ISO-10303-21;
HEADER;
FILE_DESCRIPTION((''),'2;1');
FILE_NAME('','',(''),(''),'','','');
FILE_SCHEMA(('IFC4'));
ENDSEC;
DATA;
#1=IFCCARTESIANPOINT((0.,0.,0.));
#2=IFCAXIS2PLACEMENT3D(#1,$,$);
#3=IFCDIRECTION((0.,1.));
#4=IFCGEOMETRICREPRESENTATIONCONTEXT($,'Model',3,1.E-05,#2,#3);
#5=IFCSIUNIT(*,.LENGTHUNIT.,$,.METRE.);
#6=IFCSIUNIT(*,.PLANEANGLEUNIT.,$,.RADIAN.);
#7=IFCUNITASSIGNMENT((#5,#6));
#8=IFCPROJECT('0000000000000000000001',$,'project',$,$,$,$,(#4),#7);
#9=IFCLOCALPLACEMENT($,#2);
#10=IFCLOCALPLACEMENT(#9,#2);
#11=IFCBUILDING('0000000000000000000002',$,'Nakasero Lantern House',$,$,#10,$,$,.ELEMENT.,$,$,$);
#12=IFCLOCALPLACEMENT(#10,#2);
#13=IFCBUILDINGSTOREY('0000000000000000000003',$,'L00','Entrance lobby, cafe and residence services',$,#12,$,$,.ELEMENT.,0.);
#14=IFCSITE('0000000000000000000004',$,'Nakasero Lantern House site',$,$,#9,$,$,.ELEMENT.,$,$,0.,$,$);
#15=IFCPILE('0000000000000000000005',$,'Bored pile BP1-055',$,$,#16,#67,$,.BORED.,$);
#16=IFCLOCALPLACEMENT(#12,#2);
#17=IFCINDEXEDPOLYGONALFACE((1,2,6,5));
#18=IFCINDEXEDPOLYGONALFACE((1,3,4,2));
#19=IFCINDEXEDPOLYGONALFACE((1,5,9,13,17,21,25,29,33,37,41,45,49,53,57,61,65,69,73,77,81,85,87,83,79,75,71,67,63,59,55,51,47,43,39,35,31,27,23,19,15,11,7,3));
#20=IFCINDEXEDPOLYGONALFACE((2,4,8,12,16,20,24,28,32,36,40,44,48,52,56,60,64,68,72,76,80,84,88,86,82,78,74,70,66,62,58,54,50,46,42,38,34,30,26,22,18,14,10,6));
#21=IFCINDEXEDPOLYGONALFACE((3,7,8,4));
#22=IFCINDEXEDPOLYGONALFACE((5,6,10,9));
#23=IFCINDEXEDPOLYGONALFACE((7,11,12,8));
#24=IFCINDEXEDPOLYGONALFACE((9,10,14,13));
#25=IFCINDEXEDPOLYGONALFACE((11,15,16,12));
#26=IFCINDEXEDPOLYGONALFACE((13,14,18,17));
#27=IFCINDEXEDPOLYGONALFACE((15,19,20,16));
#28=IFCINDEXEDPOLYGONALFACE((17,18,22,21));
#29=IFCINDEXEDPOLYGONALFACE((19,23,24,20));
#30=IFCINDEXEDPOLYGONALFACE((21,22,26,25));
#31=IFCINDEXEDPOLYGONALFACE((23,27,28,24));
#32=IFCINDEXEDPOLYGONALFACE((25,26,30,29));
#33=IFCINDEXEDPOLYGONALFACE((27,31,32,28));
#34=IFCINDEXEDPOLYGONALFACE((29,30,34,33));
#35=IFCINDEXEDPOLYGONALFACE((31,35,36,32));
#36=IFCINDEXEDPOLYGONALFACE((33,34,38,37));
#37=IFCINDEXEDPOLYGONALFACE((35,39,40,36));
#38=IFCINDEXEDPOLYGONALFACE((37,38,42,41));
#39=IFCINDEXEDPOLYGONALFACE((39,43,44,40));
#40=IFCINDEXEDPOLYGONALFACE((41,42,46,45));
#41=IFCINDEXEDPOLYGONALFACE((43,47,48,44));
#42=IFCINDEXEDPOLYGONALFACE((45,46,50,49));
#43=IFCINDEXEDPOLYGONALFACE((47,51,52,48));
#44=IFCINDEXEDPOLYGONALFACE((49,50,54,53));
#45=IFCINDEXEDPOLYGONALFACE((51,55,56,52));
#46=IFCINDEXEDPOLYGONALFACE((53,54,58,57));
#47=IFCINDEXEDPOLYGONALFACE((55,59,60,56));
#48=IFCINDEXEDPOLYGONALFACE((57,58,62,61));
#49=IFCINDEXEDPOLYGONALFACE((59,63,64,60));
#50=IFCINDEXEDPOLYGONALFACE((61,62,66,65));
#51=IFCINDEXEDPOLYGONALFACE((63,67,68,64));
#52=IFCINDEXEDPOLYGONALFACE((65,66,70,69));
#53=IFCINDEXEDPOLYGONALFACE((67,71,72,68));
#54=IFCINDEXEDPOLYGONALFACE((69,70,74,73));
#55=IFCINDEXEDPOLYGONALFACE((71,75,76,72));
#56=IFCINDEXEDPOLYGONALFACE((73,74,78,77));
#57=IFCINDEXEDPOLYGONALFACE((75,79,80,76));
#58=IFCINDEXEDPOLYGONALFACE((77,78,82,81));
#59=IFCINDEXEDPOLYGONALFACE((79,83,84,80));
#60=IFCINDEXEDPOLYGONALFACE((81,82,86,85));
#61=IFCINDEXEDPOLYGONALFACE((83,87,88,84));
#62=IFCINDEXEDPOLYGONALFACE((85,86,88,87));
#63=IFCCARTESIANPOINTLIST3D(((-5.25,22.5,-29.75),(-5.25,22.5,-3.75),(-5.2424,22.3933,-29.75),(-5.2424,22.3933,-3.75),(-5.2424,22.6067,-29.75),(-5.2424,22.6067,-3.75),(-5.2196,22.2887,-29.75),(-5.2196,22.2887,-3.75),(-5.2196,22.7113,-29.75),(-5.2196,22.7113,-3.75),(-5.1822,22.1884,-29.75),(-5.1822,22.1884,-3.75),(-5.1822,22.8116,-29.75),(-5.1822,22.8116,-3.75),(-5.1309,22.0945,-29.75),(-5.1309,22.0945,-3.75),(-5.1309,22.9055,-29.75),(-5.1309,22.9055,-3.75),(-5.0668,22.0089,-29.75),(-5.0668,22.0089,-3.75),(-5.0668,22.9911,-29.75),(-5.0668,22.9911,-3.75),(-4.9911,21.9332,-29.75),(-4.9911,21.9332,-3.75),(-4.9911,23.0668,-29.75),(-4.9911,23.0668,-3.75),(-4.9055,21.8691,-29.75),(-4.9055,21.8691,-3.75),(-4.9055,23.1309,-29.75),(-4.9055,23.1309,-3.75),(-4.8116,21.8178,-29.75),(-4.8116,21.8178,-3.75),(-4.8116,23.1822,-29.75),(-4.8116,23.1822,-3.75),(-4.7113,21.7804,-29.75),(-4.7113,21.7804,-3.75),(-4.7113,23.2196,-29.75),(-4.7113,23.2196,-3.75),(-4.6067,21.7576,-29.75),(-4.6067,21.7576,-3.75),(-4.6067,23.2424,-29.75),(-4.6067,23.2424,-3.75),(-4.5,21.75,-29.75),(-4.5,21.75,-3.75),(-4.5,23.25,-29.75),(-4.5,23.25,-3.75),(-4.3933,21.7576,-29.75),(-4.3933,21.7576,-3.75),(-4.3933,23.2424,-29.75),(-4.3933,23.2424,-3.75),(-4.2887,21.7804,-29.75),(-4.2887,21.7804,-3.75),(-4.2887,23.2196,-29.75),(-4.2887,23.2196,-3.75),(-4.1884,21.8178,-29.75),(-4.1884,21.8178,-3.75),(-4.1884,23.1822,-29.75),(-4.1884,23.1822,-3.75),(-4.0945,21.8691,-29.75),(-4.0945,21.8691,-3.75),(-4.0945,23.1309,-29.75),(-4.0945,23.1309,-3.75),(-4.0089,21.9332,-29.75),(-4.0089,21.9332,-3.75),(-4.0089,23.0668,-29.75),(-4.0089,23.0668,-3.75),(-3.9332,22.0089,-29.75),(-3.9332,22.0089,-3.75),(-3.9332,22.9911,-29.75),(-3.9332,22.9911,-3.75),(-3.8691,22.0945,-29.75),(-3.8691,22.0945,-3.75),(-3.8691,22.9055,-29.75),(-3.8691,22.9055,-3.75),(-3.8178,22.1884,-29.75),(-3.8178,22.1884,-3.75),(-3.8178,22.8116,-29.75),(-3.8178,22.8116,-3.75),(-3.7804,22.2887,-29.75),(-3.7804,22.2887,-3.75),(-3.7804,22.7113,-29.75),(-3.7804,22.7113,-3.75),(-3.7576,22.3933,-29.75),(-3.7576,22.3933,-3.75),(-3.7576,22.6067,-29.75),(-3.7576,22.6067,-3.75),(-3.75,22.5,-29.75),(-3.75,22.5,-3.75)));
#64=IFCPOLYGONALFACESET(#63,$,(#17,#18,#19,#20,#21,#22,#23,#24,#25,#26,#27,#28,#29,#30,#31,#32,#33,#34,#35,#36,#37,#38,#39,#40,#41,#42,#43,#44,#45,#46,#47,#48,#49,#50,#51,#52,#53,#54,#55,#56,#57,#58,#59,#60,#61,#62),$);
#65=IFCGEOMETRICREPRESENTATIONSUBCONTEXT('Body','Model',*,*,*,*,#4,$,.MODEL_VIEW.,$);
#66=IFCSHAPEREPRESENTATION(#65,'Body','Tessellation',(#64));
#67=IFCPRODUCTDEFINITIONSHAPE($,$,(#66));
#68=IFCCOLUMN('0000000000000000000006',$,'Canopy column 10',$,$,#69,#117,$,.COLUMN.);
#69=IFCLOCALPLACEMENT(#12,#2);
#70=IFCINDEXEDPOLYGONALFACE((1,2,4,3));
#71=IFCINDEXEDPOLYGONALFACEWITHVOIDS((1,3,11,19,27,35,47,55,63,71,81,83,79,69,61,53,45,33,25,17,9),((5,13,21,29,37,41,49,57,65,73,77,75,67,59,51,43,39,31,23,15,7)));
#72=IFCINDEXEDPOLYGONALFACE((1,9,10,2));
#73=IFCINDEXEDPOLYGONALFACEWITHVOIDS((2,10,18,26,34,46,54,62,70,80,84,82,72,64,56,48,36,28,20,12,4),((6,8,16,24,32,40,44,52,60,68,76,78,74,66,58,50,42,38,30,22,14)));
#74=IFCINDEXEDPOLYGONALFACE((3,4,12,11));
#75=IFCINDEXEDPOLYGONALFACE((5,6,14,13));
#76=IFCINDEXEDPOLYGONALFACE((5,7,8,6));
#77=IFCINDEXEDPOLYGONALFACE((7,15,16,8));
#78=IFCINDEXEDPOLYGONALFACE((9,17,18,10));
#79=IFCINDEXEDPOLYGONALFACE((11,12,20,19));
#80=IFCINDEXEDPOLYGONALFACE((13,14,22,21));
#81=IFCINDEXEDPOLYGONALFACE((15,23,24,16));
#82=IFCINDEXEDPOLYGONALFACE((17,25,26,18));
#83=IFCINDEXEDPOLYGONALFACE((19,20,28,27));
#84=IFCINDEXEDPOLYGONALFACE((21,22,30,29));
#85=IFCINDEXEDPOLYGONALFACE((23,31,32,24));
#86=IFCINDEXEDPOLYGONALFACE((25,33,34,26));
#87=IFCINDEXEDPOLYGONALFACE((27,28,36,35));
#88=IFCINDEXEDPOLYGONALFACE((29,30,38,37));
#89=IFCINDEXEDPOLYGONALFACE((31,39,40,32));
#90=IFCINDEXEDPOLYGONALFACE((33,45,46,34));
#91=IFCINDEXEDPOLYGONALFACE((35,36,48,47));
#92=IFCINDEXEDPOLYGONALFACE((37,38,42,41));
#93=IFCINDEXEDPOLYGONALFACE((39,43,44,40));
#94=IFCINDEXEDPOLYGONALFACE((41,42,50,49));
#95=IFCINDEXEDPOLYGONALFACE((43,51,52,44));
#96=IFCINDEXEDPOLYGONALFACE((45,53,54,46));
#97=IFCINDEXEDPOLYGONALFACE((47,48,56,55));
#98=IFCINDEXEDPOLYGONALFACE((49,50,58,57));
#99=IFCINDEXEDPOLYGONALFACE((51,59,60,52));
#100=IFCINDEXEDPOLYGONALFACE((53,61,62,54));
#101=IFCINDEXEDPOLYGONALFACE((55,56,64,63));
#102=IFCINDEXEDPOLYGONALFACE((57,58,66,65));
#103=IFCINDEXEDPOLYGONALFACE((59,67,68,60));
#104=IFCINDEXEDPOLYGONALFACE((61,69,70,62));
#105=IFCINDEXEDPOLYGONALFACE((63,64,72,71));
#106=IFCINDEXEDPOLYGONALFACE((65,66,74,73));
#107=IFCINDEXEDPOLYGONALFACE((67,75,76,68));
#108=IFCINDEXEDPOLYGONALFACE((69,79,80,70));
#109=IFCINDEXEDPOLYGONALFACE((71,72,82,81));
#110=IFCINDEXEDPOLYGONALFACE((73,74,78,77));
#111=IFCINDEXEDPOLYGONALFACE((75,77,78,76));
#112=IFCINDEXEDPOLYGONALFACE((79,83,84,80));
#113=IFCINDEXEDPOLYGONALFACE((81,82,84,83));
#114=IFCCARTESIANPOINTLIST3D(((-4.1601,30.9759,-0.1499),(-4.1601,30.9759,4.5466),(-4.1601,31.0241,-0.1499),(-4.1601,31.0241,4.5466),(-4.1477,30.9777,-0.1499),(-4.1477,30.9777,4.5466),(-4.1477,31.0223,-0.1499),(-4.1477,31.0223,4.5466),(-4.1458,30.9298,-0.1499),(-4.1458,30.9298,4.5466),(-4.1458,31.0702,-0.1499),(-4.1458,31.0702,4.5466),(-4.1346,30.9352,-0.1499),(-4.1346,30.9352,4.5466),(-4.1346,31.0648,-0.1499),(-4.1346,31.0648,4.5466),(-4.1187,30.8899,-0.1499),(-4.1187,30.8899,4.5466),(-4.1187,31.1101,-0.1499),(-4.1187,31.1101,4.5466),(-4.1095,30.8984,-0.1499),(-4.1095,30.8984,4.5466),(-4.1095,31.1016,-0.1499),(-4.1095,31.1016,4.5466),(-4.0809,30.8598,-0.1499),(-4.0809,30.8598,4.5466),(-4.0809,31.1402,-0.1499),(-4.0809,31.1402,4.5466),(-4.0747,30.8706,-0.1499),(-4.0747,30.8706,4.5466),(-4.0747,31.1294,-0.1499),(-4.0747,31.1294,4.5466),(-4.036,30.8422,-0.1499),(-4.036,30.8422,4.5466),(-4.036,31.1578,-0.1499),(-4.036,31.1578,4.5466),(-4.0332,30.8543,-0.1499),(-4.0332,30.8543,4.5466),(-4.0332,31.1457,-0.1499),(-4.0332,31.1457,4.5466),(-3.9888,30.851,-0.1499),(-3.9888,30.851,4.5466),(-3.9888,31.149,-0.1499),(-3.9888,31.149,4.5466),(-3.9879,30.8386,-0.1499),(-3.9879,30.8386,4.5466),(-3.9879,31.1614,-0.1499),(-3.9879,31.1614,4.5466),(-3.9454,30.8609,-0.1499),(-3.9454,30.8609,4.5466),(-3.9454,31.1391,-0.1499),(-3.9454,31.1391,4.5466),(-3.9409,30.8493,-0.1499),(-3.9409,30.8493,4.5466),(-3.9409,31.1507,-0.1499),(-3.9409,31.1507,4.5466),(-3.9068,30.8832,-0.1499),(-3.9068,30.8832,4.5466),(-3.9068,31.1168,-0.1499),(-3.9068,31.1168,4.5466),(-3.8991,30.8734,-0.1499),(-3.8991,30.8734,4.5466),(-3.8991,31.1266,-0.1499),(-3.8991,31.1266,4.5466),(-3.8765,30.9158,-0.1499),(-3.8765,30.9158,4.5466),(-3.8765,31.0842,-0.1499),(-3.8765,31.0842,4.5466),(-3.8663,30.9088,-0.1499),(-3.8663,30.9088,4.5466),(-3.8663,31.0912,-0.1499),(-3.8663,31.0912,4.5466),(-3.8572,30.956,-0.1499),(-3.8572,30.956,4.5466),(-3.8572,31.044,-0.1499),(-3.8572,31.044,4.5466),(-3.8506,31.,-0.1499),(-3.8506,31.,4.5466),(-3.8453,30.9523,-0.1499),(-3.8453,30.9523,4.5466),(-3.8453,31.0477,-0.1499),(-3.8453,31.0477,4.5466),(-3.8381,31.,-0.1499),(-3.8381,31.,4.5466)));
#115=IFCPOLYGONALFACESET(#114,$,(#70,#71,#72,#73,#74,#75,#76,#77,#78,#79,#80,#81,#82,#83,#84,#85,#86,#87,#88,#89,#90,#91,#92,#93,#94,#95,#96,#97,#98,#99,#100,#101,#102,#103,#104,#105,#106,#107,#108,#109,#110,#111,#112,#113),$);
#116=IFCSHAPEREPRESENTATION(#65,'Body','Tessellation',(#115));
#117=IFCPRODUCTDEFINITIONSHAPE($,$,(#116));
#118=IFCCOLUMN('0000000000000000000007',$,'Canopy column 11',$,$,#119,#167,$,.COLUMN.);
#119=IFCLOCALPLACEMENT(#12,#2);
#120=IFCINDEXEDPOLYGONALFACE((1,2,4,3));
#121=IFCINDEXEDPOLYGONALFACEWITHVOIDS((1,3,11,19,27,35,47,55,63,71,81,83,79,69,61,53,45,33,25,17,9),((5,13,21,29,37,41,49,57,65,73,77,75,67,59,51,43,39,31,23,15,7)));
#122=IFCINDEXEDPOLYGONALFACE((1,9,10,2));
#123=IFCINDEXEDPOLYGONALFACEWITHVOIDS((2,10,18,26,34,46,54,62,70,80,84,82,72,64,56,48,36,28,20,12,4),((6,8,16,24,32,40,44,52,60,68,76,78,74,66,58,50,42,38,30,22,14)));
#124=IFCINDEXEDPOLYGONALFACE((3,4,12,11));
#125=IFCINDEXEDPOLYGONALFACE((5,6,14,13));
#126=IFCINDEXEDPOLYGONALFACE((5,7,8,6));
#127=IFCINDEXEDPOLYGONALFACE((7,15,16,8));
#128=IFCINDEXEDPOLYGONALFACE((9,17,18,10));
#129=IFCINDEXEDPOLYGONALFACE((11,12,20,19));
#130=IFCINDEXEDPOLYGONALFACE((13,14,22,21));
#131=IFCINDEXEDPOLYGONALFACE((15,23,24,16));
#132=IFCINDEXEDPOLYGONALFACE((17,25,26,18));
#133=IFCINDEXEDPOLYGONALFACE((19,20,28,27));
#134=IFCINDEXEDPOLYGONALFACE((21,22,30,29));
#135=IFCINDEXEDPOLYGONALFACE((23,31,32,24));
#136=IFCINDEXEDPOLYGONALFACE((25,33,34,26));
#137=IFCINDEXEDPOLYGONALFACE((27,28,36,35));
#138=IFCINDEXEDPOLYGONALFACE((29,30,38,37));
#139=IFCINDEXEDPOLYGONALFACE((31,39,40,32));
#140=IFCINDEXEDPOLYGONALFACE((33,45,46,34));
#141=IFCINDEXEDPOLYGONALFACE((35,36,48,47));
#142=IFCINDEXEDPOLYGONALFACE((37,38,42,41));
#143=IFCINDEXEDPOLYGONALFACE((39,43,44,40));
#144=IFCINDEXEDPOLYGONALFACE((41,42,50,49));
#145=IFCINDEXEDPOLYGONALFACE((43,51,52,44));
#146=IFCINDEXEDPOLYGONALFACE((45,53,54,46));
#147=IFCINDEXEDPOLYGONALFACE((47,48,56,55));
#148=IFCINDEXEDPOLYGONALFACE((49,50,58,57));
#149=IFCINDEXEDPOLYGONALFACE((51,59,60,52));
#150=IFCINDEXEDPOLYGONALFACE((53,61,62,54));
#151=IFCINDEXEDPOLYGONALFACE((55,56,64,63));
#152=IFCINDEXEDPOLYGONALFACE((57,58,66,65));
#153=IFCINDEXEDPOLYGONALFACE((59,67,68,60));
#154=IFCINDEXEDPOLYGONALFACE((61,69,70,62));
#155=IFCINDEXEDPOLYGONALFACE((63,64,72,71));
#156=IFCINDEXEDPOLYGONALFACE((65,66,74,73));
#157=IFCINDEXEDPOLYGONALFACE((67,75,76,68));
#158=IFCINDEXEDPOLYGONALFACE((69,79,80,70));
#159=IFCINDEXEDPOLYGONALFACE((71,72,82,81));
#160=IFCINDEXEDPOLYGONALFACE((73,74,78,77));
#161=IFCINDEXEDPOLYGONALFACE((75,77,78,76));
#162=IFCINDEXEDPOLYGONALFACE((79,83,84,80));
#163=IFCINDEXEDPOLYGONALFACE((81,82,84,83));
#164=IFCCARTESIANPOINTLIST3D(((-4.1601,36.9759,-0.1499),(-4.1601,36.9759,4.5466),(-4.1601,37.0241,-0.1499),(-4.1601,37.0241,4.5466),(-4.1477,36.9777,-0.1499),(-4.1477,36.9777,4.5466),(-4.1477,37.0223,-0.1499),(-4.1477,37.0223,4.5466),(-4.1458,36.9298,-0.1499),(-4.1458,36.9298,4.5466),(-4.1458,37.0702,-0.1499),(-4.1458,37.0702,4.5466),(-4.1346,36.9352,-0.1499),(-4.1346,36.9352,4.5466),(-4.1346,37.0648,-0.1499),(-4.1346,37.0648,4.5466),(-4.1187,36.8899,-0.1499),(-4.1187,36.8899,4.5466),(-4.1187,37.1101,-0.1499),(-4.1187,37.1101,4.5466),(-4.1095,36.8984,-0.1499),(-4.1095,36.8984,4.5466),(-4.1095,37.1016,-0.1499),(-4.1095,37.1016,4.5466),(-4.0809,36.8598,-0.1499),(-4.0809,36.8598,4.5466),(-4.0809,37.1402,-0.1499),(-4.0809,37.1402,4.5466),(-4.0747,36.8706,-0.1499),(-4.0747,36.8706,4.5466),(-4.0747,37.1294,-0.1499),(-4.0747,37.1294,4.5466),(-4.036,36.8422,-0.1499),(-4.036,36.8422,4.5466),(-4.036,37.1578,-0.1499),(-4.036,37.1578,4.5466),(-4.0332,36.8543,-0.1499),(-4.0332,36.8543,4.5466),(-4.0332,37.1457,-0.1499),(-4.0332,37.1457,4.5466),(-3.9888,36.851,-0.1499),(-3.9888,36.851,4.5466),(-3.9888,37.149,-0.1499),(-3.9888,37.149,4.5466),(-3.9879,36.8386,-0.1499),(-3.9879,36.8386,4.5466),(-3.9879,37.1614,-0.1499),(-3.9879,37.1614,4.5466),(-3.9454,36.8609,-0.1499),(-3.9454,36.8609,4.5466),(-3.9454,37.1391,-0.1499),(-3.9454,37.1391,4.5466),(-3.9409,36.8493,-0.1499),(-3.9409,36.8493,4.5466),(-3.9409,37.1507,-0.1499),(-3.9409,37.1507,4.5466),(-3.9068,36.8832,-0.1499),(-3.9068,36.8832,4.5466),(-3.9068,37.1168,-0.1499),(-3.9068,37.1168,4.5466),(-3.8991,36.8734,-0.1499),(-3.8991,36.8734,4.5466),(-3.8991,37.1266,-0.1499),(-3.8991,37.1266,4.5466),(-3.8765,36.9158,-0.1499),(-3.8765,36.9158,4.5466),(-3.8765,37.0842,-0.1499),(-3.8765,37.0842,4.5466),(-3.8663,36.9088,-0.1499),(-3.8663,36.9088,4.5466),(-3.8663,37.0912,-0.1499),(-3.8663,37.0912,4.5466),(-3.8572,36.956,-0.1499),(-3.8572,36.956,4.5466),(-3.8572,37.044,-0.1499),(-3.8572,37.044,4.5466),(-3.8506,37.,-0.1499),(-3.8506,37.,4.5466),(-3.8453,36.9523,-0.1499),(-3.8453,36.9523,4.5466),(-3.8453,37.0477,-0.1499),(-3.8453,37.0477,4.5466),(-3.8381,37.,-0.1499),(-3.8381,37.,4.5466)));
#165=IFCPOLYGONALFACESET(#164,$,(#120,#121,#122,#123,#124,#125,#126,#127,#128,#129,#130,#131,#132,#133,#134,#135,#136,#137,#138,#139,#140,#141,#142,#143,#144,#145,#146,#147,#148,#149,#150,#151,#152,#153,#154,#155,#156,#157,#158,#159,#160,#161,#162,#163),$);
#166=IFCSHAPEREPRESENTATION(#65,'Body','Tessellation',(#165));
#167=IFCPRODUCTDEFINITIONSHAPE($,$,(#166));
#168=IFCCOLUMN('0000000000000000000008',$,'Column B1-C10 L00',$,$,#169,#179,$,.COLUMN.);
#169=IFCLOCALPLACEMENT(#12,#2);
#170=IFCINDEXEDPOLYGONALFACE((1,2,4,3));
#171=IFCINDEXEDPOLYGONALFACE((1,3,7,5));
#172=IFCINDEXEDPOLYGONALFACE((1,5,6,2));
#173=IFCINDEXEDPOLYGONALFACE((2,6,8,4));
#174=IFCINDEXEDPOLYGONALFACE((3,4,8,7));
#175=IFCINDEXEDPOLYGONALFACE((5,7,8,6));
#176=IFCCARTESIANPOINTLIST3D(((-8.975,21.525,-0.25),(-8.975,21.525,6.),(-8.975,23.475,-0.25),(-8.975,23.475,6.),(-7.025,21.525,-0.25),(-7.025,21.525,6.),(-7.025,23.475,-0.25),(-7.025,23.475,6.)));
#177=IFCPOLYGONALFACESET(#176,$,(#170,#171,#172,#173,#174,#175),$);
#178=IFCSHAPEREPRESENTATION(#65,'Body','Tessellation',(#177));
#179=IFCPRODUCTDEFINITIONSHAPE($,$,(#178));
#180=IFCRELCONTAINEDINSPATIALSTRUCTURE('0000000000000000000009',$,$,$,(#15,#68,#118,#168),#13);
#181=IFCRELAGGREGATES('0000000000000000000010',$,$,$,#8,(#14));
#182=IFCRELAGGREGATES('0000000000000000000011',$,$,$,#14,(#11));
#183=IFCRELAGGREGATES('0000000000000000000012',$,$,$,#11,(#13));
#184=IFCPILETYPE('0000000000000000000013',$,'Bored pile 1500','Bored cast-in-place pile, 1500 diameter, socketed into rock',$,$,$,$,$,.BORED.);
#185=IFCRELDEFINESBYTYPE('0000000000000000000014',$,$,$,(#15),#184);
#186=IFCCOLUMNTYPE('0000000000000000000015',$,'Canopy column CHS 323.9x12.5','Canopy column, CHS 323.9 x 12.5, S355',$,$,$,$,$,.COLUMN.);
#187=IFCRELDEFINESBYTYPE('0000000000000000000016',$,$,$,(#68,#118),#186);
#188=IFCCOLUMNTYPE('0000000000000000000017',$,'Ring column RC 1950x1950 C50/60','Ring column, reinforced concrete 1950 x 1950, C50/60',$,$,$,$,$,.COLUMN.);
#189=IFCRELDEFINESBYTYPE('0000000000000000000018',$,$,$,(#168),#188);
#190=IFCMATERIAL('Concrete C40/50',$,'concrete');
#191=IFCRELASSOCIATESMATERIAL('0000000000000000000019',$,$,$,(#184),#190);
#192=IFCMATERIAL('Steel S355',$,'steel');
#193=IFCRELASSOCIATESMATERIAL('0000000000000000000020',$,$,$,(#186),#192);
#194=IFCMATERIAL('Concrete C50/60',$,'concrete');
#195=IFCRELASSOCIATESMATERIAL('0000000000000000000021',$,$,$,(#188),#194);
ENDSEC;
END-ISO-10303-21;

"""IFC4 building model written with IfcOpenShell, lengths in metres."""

from ifc_helpers import new_model, si_unit, direction, frame, origin, origin_2d, place, context, subcontext, project, spatial, rectangle, circle, hollow_circle, extrude, material, material_profile, profile_set, type_object, element, save


model = new_model("IFC4")

# Units and contexts
model_context = context("Model", 3, precision=1e-05, world=origin(), true_north=direction((0.0, 1.0)))
body_context = subcontext(model_context, "Body", "Model", "MODEL_VIEW")
ifc_project = project(units=[si_unit("LENGTHUNIT", "METRE"), si_unit("PLANEANGLEUNIT", "RADIAN")], contexts=[model_context])

# Site, building, storey
site_placement = place(None, origin())
site = spatial("IfcSite", under=ifc_project, at=site_placement, Name="Nakasero Lantern House site", CompositionType="ELEMENT", RefElevation=0.0)
building_placement = place(site_placement, origin())
building = spatial("IfcBuilding", under=site, at=building_placement, Name="Nakasero Lantern House", CompositionType="ELEMENT")
storey_placement = place(building_placement, origin())
storey = spatial("IfcBuildingStorey", under=building, at=storey_placement, Name="L00", Description="Entrance lobby, cafe and residence services", CompositionType="ELEMENT", Elevation=0.0)

# Pile
ifc_material_1 = material(Name="Concrete C40/50", Category="concrete")
pile_type = type_object("IfcPileType", Name="Bored pile 1500", Description="Bored cast-in-place pile, 1500 diameter, socketed into rock", PredefinedType="BORED", material=ifc_material_1)
pile_placement = place(storey_placement, frame((-4.5, 22.5, -3.75), z_axis=(0.0, 0.0, -1.0), x_axis=(1.0, 0.0, 0.0)))
element("IfcPile", 1, at=pile_placement, inside=storey, type_object=pile_type, Name="Bored pile BP1-055", PredefinedType="BORED", context=body_context, shape_type="SweptSolid", body=[
    extrude(circle(Radius=0.75, at=origin_2d()), origin(), (0.0, 0.0, 1.0), 26.0),
])

# Columns
ifc_material_2 = material(Name="Steel S355", Category="steel")
ifc_material_profile_1 = material_profile(ifc_material_2, hollow_circle(Radius=0.1619, WallThickness=0.0125, at=origin_2d()), Name="CHS 323.9x12.5")
ifc_profile_set_1 = profile_set([ifc_material_profile_1], Name="Steel S355")
column_type_1 = type_object("IfcColumnType", Name="Canopy column CHS 323.9x12.5", Description="Canopy column, CHS 323.9 x 12.5, S355", PredefinedType="COLUMN", material=ifc_profile_set_1)
for number, where, z_axis, x_axis, name in (
    (2, (-4.0, 31.0, -0.1499), (0.0, 0.0, 1.0), (1.0, 0.0, 0.0), "Canopy column 10"),
    (3, (-4.0, 37.0, -0.1499), (0.0, 0.0, 1.0), (1.0, 0.0, 0.0), "Canopy column 11"),
):
    element("IfcColumn", number, at=place(storey_placement, frame(where, z_axis=z_axis, x_axis=x_axis)), inside=storey, type_object=column_type_1, Name=name, PredefinedType="COLUMN", context=body_context, shape_type="SweptSolid", body=[
        extrude(hollow_circle(Radius=0.1619, WallThickness=0.0125, at=origin_2d()), origin(), (0.0, 0.0, 1.0), 4.6965),
    ])
ifc_material_3 = material(Name="Concrete C50/60", Category="concrete")
ifc_material_profile_2 = material_profile(ifc_material_3, rectangle(XDim=1.95, YDim=1.95, at=origin_2d()), Name="RC 1950x1950")
ifc_profile_set_2 = profile_set([ifc_material_profile_2], Name="Concrete C50/60")
column_type_2 = type_object("IfcColumnType", Name="Ring column RC 1950x1950 C50/60", Description="Ring column, reinforced concrete 1950 x 1950, C50/60", PredefinedType="COLUMN", material=ifc_profile_set_2)
column_placement = place(storey_placement, frame((-8.0, 22.5, -0.25), z_axis=(0.0, 0.0, 1.0), x_axis=(1.0, 0.0, 0.0)))
element("IfcColumn", 4, at=column_placement, inside=storey, type_object=column_type_2, Name="Column B1-C10 L00", PredefinedType="COLUMN", context=body_context, shape_type="SweptSolid", body=[
    extrude(rectangle(XDim=1.95, YDim=1.95, at=origin_2d()), origin(), (0.0, 0.0, 1.0), 6.25),
])

save(model, "model.ifc")
